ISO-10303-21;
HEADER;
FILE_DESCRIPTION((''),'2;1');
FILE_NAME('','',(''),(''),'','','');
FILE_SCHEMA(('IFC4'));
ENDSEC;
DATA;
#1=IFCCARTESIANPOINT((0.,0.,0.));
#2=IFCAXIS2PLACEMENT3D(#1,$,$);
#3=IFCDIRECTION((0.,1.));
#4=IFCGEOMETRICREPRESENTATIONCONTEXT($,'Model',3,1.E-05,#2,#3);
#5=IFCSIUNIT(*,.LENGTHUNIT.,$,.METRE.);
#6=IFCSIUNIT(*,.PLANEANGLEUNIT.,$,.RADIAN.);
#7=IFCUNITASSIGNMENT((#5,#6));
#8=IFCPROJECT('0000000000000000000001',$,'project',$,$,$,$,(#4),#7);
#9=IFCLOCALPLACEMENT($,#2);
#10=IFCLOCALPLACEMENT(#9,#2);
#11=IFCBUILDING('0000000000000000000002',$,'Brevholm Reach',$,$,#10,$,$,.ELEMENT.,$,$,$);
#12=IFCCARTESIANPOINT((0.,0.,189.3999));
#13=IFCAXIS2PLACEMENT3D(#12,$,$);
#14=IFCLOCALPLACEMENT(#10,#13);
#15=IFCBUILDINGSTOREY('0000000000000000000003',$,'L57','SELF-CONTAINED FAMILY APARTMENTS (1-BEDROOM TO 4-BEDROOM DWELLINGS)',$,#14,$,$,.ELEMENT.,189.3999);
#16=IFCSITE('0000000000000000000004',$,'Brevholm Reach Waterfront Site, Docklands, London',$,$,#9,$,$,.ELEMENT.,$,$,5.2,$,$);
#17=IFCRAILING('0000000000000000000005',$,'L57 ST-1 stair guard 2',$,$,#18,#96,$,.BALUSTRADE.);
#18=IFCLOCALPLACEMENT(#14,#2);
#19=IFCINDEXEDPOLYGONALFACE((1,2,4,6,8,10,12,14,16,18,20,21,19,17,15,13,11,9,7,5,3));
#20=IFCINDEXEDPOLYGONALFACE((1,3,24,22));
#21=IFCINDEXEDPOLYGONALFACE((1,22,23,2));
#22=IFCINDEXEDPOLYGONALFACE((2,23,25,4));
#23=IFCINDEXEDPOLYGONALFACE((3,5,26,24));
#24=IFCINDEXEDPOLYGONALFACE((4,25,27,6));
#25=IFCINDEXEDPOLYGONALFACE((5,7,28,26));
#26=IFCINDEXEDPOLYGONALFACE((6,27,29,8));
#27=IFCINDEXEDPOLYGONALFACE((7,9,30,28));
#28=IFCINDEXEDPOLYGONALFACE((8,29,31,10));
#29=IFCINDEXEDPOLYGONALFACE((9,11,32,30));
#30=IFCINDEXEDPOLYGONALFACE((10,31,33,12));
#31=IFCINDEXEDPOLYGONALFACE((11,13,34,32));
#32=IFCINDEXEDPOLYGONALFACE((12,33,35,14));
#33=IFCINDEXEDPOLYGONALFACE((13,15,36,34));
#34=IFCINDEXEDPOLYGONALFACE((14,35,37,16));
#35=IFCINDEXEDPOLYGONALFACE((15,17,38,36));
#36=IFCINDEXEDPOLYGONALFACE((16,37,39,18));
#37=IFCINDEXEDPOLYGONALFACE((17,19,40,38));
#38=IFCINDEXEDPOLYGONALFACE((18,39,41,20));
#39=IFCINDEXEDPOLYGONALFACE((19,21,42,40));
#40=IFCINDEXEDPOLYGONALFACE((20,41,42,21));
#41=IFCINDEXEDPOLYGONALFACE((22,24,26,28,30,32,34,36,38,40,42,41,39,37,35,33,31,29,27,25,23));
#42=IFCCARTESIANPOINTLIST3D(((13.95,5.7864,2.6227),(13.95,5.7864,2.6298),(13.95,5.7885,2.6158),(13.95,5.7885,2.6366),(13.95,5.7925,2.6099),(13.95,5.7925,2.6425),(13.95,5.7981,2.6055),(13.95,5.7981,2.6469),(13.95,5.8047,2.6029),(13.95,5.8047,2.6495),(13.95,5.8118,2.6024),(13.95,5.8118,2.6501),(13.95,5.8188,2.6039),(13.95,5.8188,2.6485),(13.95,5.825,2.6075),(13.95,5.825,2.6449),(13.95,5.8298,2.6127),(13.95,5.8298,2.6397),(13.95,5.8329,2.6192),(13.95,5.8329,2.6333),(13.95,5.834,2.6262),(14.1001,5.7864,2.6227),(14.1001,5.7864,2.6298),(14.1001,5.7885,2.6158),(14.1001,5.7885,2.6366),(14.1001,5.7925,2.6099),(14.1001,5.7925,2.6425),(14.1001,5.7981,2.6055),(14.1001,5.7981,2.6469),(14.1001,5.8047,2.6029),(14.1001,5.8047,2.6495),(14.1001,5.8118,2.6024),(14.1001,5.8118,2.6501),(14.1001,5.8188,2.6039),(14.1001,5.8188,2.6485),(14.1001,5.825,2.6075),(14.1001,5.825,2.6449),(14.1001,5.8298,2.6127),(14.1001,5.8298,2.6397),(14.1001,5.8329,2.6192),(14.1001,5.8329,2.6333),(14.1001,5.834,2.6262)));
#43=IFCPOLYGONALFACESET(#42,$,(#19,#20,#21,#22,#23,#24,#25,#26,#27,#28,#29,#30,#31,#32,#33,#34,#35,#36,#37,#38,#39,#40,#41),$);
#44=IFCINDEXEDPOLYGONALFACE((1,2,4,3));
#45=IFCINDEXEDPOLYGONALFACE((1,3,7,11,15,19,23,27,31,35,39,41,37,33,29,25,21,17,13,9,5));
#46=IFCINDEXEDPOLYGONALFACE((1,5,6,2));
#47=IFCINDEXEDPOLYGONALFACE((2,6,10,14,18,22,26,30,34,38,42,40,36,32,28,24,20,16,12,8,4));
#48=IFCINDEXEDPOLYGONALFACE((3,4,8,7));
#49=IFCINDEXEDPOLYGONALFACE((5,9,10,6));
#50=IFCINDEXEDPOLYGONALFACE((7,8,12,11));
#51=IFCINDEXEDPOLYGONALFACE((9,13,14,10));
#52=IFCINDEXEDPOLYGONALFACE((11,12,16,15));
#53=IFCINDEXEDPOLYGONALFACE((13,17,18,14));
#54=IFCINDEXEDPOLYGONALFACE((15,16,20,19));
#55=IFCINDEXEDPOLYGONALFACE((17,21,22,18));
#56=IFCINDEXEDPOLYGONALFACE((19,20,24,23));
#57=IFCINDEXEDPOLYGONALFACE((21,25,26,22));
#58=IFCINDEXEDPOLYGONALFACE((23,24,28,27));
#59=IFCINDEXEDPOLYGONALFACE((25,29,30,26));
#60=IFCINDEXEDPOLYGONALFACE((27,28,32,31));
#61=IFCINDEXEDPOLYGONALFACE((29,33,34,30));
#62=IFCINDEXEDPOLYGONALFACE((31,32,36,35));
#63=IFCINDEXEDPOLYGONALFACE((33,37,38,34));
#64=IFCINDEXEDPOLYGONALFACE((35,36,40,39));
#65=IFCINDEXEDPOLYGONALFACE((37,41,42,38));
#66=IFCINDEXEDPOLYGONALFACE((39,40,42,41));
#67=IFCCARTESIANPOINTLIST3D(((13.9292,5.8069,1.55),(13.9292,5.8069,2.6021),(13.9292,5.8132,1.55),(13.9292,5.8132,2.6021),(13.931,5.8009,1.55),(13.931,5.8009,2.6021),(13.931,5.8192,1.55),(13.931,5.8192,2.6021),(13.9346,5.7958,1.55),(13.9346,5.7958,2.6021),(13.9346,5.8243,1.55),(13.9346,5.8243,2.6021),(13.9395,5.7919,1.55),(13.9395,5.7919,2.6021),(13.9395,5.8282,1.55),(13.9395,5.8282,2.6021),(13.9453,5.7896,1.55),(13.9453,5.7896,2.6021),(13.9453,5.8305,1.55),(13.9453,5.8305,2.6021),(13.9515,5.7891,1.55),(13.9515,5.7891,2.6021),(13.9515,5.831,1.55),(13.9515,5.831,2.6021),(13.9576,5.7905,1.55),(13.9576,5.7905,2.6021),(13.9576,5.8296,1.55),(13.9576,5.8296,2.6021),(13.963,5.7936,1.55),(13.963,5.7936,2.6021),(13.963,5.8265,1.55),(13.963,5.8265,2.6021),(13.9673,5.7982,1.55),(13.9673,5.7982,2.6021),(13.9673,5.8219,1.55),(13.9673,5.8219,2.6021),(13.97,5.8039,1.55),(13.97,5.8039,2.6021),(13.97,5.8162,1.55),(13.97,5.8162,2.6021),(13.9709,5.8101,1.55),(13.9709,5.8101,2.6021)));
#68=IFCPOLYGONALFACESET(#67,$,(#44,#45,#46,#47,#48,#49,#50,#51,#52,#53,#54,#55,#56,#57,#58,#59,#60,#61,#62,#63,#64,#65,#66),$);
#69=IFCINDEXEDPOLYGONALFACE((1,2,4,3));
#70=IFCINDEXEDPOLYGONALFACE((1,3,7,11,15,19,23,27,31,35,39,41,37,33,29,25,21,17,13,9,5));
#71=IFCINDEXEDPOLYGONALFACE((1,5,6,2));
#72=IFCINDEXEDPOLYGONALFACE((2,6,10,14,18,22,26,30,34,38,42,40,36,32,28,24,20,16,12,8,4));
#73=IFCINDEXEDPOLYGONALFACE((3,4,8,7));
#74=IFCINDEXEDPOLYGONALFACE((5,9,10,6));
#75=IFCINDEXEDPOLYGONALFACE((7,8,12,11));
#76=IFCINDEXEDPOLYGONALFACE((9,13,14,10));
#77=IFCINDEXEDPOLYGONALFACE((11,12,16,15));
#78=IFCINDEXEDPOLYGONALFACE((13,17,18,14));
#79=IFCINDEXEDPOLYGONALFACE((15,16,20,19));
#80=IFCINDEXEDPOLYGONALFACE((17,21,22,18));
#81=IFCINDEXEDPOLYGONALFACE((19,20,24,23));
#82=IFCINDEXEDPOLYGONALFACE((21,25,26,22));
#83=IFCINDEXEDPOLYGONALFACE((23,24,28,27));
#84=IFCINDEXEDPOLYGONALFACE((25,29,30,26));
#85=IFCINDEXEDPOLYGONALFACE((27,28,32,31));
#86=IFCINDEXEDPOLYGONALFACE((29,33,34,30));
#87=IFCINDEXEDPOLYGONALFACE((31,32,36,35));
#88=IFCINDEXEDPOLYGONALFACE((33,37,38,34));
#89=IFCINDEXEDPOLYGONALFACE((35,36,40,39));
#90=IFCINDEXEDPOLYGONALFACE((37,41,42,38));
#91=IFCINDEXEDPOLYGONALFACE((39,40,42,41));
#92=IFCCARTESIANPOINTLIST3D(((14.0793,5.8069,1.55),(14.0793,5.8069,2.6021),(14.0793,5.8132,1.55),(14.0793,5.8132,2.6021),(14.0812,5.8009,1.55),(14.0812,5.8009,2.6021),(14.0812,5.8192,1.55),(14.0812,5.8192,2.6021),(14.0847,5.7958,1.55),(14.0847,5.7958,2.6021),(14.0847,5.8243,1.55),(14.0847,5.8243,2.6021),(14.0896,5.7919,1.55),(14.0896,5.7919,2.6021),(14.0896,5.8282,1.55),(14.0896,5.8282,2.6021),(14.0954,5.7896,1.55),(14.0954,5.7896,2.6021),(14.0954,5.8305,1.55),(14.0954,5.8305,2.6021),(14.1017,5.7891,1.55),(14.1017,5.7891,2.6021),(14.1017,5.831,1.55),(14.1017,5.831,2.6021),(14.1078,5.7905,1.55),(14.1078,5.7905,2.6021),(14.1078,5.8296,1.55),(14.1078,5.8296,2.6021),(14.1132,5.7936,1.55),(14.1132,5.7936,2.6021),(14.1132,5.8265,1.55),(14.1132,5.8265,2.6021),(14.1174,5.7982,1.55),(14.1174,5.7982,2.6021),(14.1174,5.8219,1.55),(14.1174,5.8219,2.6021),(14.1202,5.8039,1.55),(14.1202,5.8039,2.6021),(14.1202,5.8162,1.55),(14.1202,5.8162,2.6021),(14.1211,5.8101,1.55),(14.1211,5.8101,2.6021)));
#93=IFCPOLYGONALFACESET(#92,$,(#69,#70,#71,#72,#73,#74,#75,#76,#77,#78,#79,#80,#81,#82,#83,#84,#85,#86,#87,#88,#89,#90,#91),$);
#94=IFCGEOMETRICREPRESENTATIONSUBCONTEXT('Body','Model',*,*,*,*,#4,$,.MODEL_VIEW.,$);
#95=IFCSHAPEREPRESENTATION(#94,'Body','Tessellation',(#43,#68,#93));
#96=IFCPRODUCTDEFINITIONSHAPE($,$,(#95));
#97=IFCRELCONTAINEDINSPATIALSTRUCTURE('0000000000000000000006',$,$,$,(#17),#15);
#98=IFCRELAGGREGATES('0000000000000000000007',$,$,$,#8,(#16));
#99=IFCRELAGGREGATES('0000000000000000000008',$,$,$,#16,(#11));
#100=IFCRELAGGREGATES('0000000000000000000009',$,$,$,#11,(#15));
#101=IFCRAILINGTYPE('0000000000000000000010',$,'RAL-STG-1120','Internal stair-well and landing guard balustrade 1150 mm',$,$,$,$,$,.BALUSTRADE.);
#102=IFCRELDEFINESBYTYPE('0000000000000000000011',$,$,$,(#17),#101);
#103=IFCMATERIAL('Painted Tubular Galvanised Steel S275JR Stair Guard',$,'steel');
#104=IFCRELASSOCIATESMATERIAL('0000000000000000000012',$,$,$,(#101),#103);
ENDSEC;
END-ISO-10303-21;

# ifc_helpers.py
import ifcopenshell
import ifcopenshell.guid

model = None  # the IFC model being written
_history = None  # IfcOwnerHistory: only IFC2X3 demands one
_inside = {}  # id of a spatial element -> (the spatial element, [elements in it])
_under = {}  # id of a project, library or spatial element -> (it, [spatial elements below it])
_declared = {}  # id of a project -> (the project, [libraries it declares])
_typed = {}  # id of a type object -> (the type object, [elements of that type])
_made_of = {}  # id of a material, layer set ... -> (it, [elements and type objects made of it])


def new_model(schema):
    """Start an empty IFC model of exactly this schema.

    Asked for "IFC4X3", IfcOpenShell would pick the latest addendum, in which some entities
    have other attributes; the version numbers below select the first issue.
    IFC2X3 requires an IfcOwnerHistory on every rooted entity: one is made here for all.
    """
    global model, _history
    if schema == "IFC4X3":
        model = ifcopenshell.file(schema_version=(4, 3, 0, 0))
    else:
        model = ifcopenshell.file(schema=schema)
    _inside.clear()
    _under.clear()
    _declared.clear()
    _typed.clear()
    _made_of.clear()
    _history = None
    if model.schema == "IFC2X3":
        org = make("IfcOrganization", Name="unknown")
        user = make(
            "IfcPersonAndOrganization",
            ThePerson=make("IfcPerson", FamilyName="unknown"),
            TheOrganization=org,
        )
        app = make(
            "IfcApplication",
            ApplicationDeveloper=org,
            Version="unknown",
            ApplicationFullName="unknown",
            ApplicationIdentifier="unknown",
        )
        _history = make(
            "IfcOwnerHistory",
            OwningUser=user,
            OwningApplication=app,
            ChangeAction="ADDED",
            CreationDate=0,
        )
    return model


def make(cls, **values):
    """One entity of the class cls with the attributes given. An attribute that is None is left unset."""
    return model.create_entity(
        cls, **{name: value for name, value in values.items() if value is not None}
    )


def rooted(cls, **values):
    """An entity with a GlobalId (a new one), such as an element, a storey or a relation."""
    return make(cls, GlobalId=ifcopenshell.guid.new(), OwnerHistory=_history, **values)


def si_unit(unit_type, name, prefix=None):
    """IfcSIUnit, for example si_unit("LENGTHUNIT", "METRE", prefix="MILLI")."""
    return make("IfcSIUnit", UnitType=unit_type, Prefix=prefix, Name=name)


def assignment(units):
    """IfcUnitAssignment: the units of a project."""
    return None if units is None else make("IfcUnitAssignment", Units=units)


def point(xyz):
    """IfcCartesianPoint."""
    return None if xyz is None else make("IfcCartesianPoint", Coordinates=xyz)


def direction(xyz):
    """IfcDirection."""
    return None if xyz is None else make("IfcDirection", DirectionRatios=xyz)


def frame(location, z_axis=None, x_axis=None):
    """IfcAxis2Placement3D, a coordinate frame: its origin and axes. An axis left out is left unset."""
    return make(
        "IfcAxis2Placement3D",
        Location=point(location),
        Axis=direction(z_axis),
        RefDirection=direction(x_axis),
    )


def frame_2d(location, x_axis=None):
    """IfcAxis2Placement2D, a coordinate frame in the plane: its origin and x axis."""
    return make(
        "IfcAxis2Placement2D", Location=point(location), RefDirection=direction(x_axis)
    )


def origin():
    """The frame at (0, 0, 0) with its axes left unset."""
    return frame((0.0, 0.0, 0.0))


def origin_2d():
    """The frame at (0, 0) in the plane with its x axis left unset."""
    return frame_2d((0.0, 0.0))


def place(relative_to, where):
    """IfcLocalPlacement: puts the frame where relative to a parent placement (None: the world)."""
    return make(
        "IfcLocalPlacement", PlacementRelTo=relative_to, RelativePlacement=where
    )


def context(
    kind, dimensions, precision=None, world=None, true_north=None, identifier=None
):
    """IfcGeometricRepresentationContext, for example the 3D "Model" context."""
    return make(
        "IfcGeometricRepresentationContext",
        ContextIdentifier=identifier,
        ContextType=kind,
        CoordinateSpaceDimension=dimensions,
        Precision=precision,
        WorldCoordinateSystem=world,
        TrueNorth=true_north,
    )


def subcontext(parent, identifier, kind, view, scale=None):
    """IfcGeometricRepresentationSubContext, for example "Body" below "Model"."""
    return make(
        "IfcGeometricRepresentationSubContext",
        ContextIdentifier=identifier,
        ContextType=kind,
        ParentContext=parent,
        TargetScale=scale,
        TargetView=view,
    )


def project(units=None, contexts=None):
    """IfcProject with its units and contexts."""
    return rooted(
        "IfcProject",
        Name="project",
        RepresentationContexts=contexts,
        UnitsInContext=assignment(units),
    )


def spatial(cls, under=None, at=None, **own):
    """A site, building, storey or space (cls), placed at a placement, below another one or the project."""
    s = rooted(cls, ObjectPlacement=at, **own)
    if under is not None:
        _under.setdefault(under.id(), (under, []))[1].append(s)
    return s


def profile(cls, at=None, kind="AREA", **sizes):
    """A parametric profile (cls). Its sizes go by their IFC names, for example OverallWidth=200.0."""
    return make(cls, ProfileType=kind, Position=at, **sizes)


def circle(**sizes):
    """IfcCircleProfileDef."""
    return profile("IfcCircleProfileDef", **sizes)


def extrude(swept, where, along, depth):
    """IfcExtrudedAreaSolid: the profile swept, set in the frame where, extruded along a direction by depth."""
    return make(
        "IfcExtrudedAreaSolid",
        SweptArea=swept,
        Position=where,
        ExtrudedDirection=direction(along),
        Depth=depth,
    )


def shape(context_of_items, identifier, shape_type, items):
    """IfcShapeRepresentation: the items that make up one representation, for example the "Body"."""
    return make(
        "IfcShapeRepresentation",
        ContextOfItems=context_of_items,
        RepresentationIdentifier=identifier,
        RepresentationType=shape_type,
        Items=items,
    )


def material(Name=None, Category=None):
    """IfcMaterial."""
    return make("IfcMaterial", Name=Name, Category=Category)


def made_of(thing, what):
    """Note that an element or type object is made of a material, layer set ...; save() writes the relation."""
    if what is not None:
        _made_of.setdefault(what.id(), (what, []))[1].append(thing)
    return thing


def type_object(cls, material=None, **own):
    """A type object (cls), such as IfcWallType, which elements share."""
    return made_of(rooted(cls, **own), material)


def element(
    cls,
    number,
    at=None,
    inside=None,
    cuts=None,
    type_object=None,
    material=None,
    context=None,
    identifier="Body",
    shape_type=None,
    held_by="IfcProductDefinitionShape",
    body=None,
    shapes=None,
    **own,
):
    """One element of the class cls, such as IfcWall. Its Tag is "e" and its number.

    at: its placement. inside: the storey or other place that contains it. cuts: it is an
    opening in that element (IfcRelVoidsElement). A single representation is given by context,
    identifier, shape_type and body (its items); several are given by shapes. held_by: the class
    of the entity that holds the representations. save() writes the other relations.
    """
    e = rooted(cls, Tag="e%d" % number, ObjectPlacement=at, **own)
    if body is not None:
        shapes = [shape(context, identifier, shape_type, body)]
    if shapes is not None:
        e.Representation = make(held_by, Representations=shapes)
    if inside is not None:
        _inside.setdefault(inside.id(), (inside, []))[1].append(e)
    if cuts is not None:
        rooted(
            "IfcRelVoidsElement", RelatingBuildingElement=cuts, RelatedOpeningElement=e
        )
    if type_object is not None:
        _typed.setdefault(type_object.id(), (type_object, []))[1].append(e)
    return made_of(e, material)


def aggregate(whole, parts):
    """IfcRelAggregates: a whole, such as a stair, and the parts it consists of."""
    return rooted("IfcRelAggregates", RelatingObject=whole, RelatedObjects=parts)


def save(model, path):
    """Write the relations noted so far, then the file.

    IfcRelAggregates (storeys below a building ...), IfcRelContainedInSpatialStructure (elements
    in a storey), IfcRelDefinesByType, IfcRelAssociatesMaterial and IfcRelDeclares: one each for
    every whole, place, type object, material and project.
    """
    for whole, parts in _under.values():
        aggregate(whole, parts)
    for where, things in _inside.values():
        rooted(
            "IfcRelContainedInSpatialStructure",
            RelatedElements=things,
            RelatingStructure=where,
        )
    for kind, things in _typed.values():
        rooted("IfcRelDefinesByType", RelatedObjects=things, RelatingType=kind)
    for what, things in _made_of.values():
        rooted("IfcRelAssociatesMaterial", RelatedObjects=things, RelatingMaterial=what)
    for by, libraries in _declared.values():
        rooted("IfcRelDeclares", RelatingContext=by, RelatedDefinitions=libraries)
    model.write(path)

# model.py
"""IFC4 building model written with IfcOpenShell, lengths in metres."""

from ifc_helpers import new_model, si_unit, direction, frame, origin, origin_2d, place, context, subcontext, project, spatial, circle, extrude, material, type_object, element, save


model = new_model("IFC4")

# Units and contexts
model_context = context("Model", 3, precision=1e-05, world=origin(), true_north=direction((0.0, 1.0)))
body_context = subcontext(model_context, "Body", "Model", "MODEL_VIEW")
ifc_project = project(units=[si_unit("LENGTHUNIT", "METRE"), si_unit("PLANEANGLEUNIT", "RADIAN")], contexts=[model_context])

# Site, building, storey
site_placement = place(None, origin())
site = spatial("IfcSite", under=ifc_project, at=site_placement, Name="Brevholm Reach Waterfront Site, Docklands, London", CompositionType="ELEMENT", RefElevation=5.2)
building_placement = place(site_placement, origin())
building = spatial("IfcBuilding", under=site, at=building_placement, Name="Brevholm Reach", CompositionType="ELEMENT")
storey_placement = place(building_placement, frame((0.0, 0.0, 189.3999)))
storey = spatial("IfcBuildingStorey", under=building, at=storey_placement, Name="L57", Description="SELF-CONTAINED FAMILY APARTMENTS (1-BEDROOM TO 4-BEDROOM DWELLINGS)", CompositionType="ELEMENT", Elevation=189.3999)

# Railing
ifc_material_1 = material(Name="Painted Tubular Galvanised Steel S275JR Stair Guard", Category="steel")
railing_type_1 = type_object("IfcRailingType", Name="RAL-STG-1120", Description="Internal stair-well and landing guard balustrade 1150 mm", PredefinedType="BALUSTRADE", material=ifc_material_1)
railing_1_placement = place(storey_placement, frame((13.95, 5.8101, 1.55)))
element("IfcRailing", 1, at=railing_1_placement, inside=storey, type_object=railing_type_1, Name="L57 ST-1 stair guard 2", PredefinedType="BALUSTRADE", context=body_context, shape_type="SweptSolid", body=[
    extrude(circle(Radius=0.0239, at=origin_2d()), frame((0.0, 0.0, 1.0762), z_axis=(1.0, 0.0, 0.0), x_axis=(0.0, 1.0, 0.0)), (0.0, 0.0, 1.0), 0.1501),
    extrude(circle(Radius=0.021, at=origin_2d()), origin(), (0.0, 0.0, 1.0), 1.052),
    extrude(circle(Radius=0.021, at=origin_2d()), frame((0.1501, 0.0, 0.0)), (0.0, 0.0, 1.0), 1.052),
])

save(model, "model.ifc")
